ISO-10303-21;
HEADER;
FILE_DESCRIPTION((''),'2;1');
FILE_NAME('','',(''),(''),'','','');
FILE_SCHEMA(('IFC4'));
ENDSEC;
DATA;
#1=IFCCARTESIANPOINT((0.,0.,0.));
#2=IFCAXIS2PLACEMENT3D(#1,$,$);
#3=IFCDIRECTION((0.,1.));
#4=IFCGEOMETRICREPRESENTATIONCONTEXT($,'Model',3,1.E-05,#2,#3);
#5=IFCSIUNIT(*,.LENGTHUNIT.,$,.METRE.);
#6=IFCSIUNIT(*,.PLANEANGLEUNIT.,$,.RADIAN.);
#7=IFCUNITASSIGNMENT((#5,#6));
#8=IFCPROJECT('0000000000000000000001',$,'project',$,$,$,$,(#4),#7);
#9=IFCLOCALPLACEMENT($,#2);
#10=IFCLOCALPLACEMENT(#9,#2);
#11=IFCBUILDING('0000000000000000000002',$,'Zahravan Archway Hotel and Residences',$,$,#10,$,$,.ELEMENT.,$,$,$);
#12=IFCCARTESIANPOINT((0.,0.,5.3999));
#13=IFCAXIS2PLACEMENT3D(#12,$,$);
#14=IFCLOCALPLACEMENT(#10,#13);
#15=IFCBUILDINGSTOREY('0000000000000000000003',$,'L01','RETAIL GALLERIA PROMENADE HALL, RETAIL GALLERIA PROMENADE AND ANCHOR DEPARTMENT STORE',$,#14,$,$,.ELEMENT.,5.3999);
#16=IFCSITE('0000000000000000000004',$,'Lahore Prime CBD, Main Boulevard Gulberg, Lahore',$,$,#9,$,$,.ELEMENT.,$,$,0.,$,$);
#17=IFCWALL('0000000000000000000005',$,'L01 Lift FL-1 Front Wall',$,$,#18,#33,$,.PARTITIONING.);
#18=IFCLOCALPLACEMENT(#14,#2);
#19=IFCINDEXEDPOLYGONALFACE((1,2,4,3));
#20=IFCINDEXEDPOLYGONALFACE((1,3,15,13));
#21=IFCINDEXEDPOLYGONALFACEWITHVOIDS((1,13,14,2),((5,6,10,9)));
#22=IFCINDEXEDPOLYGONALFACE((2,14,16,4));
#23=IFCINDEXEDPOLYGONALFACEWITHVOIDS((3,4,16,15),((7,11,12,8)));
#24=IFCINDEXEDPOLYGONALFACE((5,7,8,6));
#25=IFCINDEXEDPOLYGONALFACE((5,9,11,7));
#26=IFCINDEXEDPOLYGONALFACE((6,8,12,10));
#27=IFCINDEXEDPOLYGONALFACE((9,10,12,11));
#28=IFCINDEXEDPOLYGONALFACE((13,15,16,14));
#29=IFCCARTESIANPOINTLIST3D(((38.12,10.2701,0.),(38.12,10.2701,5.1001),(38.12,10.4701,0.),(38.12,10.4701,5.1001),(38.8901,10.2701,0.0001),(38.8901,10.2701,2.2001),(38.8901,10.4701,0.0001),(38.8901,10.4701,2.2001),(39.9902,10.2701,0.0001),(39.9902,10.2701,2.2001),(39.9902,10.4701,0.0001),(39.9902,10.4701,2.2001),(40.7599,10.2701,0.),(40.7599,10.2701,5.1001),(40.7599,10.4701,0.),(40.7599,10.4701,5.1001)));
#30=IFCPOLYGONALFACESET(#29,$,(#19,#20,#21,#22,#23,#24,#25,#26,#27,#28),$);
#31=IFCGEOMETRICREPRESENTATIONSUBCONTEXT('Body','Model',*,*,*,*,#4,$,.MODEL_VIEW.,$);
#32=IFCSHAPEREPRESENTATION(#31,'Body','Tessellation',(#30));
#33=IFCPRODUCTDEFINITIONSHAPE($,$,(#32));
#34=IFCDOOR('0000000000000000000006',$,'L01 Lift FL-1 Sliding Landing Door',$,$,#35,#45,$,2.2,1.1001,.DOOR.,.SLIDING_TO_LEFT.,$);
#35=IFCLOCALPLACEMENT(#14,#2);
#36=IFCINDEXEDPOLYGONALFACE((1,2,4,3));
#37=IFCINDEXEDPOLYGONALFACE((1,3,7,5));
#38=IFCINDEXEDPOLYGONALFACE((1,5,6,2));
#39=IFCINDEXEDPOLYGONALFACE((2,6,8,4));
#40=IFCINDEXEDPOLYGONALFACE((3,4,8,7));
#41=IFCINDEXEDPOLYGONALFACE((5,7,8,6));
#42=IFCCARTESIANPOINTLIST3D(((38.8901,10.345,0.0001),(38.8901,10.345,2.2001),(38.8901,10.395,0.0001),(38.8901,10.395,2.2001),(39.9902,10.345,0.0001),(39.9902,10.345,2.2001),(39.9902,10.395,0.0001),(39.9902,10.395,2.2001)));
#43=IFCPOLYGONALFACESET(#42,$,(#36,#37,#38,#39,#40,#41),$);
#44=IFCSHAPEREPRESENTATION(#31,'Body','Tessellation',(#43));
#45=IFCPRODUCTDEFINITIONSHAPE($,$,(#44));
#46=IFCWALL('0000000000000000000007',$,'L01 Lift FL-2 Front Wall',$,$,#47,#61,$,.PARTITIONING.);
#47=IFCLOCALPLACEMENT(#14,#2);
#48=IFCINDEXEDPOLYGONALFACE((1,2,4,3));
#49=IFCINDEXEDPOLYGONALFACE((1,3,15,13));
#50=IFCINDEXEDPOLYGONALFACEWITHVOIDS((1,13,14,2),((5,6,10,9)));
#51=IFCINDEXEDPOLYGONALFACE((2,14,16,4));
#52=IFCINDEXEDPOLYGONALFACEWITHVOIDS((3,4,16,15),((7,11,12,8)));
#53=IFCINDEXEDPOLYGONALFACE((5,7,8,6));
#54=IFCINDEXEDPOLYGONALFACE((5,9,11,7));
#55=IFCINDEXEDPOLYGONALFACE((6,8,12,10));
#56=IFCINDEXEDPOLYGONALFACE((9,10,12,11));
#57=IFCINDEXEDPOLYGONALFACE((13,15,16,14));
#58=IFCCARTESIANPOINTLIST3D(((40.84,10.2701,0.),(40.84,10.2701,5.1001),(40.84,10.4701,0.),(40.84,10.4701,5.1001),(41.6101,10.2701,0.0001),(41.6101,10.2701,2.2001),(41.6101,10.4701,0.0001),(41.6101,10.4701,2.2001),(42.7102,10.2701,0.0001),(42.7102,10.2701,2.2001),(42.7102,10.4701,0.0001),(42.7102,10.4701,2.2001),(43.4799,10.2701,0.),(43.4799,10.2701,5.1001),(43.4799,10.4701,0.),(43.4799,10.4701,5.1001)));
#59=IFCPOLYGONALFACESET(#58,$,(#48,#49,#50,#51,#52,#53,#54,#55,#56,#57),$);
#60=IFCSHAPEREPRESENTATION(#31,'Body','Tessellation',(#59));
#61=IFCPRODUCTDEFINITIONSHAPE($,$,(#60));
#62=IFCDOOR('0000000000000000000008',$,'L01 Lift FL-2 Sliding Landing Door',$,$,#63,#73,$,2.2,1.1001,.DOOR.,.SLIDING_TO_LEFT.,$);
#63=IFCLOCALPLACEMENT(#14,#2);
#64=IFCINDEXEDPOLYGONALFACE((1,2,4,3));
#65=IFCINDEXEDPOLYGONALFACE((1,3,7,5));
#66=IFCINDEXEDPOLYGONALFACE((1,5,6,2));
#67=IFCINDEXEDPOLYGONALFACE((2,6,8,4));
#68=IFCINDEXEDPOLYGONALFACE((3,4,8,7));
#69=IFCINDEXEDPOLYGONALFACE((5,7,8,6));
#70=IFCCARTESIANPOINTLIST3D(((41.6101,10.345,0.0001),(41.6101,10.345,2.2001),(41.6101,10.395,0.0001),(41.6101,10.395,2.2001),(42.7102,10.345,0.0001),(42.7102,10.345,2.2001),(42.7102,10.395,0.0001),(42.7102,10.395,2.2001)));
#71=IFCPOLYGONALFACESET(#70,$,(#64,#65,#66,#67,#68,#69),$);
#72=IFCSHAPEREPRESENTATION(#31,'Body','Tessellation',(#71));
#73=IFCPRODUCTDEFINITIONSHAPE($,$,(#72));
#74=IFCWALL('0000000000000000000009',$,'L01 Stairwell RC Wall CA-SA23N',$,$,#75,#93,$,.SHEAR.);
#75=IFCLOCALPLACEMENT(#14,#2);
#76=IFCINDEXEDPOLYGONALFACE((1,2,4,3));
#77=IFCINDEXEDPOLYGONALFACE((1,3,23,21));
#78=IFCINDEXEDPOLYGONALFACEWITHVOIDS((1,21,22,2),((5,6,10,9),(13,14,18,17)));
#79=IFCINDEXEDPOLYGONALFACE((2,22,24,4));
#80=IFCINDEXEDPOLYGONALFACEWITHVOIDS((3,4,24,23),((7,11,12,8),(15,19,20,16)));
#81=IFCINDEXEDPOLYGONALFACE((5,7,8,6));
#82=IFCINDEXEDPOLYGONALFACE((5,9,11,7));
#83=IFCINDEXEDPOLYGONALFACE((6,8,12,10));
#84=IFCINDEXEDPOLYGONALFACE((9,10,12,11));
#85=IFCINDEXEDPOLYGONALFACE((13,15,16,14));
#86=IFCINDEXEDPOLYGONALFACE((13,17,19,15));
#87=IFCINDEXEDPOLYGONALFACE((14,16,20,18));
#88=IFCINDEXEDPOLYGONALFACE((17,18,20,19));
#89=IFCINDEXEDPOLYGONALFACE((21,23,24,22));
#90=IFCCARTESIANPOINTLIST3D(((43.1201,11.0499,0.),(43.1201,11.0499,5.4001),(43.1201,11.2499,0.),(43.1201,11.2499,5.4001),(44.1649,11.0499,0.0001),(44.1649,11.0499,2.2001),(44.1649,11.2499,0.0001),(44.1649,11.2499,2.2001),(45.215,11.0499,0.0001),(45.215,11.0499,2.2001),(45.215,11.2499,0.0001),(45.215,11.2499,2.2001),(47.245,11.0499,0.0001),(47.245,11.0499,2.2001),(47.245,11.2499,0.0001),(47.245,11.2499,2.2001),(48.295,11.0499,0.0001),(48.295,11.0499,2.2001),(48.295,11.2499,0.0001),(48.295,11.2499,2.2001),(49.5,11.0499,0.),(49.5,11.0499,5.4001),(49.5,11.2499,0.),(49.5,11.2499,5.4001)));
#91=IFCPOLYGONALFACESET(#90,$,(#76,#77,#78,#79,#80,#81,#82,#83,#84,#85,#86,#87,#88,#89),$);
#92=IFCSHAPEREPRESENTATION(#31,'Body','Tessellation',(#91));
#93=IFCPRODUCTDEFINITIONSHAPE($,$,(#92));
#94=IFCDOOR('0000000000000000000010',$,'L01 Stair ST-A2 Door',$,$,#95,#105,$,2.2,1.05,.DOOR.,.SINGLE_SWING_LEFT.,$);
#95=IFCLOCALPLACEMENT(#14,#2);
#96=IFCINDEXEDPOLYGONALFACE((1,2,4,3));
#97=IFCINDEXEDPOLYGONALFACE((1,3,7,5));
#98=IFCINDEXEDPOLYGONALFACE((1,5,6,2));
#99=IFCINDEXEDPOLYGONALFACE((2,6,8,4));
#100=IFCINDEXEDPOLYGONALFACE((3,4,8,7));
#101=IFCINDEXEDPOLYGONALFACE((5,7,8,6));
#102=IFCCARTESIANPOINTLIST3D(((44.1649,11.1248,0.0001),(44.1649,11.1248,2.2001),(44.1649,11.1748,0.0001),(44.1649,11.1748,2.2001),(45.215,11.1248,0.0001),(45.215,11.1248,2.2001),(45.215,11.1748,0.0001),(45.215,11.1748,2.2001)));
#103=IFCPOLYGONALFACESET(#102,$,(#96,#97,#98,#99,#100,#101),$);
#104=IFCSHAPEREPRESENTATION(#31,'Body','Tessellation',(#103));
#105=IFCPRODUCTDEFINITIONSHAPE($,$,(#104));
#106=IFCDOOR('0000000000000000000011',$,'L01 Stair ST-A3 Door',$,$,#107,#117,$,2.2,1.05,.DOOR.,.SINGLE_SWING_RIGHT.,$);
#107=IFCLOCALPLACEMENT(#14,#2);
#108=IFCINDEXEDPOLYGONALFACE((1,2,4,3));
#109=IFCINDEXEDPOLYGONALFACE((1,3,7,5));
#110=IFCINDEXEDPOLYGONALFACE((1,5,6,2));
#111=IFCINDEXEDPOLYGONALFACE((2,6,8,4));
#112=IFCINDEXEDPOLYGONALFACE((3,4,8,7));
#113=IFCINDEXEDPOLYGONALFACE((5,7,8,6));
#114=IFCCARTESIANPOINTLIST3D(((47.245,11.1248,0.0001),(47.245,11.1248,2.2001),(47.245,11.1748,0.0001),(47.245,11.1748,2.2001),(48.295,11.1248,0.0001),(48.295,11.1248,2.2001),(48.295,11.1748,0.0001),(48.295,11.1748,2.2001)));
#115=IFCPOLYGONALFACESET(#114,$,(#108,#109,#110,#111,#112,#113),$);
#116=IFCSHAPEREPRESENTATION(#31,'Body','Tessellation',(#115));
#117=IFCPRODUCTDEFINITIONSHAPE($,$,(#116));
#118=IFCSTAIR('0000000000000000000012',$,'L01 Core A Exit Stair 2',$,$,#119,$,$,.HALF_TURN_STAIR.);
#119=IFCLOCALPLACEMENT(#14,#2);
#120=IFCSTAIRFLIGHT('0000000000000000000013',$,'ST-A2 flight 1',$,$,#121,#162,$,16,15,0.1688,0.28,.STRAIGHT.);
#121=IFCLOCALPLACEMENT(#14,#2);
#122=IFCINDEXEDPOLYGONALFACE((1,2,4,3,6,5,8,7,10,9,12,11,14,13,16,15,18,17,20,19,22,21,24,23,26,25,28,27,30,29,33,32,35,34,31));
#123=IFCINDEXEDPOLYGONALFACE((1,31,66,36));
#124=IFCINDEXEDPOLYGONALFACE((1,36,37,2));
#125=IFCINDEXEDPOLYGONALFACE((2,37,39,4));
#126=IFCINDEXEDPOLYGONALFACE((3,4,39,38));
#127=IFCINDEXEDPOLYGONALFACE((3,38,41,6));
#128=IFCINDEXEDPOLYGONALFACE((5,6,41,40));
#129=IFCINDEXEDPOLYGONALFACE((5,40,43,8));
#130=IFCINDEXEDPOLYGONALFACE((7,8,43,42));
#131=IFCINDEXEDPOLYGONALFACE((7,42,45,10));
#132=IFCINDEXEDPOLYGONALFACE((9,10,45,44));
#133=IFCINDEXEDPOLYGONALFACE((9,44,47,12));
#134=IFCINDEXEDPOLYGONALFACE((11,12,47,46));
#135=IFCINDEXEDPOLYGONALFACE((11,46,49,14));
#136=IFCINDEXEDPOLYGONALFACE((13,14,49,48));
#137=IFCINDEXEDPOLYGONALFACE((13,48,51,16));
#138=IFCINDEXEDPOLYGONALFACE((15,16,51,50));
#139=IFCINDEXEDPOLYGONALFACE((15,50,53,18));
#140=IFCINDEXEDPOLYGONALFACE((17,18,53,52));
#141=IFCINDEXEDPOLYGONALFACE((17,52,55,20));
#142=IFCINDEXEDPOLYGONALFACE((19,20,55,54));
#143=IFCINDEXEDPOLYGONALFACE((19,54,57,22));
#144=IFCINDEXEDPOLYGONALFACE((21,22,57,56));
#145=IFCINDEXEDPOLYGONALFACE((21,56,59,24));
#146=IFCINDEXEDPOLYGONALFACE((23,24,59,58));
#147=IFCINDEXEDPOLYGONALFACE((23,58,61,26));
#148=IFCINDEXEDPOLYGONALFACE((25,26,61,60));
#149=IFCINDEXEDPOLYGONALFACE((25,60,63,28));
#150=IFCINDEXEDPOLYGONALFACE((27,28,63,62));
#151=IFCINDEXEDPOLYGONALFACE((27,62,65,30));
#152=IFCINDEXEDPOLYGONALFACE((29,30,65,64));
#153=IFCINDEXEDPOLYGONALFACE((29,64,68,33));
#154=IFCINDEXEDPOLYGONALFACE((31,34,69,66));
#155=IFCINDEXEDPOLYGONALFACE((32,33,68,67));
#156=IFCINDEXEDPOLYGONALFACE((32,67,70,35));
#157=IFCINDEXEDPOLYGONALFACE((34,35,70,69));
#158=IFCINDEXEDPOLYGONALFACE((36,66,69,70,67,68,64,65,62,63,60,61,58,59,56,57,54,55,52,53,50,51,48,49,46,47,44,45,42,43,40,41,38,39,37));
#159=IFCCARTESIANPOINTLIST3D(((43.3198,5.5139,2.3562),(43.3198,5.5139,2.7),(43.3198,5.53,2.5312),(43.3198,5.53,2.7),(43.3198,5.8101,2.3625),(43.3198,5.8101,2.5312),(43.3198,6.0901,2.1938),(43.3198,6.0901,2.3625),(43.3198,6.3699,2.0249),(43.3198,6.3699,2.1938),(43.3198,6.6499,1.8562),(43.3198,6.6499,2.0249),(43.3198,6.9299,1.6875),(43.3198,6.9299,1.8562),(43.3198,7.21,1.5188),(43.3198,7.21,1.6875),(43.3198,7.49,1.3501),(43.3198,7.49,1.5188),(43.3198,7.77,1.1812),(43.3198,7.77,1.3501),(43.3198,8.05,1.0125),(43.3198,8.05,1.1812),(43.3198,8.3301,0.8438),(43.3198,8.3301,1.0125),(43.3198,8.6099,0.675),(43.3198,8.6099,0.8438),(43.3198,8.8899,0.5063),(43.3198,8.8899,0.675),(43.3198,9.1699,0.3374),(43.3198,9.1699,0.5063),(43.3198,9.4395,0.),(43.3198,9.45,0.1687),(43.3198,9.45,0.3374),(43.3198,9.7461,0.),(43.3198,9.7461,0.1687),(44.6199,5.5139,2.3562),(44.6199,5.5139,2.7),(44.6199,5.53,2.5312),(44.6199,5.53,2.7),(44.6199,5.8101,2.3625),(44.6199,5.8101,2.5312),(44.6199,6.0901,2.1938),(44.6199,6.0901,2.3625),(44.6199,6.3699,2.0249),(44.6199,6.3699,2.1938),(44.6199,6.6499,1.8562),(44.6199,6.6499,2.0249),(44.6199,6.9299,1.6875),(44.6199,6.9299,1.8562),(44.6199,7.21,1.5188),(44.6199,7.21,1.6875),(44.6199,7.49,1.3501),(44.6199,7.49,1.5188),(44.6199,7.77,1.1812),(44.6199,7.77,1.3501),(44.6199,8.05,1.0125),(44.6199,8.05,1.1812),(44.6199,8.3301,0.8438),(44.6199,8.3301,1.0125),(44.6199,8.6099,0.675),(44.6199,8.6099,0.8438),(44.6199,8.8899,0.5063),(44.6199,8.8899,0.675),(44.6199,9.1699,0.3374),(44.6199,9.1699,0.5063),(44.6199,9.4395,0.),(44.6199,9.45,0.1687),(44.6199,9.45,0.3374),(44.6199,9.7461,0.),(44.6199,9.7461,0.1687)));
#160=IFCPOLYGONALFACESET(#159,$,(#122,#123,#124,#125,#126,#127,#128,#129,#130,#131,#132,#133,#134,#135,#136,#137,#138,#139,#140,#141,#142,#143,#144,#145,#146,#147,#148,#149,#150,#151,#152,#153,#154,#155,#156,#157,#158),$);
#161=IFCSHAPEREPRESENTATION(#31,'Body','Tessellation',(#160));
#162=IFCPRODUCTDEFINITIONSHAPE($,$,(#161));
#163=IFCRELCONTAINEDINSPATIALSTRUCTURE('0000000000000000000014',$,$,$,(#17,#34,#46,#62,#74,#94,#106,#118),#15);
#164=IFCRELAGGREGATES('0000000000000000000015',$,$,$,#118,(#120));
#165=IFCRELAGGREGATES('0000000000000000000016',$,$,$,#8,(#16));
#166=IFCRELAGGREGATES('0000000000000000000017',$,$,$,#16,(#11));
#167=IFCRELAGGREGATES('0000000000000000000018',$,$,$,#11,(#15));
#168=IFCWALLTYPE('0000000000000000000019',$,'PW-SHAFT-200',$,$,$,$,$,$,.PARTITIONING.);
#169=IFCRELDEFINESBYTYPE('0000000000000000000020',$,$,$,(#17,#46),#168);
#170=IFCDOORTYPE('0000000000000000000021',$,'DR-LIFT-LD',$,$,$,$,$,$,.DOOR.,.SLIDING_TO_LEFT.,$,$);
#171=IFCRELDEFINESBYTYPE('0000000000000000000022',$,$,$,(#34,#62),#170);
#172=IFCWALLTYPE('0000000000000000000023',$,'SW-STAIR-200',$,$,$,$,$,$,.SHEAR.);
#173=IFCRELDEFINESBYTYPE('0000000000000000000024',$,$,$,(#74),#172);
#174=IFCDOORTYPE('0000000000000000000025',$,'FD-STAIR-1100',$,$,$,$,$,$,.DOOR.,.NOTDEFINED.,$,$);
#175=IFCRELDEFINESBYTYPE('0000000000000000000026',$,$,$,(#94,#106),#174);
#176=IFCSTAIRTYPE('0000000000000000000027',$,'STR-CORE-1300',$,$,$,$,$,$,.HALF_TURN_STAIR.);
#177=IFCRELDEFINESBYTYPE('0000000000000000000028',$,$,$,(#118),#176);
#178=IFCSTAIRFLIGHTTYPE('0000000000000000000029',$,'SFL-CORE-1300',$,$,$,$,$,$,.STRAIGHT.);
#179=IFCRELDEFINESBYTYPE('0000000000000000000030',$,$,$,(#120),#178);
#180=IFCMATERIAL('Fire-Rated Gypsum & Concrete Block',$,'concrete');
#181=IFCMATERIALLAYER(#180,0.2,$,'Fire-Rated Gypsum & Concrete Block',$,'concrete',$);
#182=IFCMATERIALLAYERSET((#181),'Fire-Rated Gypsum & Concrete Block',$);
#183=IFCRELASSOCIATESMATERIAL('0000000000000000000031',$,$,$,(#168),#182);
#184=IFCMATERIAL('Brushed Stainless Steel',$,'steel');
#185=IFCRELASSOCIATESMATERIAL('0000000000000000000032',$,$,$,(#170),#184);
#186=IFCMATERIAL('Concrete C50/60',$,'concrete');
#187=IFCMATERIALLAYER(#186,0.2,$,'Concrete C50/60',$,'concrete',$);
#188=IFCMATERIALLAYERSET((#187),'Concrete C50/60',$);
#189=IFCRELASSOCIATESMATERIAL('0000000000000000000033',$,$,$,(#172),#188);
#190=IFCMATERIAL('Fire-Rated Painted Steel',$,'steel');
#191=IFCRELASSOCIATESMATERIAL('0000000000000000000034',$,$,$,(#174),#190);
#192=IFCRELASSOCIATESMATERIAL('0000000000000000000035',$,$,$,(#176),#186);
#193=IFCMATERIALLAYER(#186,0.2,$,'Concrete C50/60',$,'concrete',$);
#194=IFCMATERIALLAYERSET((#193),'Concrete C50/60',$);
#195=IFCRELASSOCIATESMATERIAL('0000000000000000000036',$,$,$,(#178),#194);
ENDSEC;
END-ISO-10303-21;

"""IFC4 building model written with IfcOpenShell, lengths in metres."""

from ifc_helpers import new_model, si_unit, direction, frame, frame_2d, origin, place, context, subcontext, project, spatial, polyline, rectangle, outline, extrude, source, transform, mapped, material, layer, layer_set, type_object, type_shapes, element, fill, aggregate, save


model = new_model("IFC4")

# Units and contexts
model_context = context("Model", 3, precision=1e-05, world=origin(), true_north=direction((0.0, 1.0)))
body_context = subcontext(model_context, "Body", "Model", "MODEL_VIEW")
ifc_project = project(units=[si_unit("LENGTHUNIT", "METRE"), si_unit("PLANEANGLEUNIT", "RADIAN")], contexts=[model_context])

# Site, building, storey
site_placement = place(None, origin())
site = spatial("IfcSite", under=ifc_project, at=site_placement, Name="Lahore Prime CBD, Main Boulevard Gulberg, Lahore", CompositionType="ELEMENT", RefElevation=0.0)
building_placement = place(site_placement, origin())
building = spatial("IfcBuilding", under=site, at=building_placement, Name="Zahravan Archway Hotel and Residences", CompositionType="ELEMENT")
storey_placement = place(building_placement, frame((0.0, 0.0, 5.3999)))
storey = spatial("IfcBuildingStorey", under=building, at=storey_placement, Name="L01", Description="RETAIL GALLERIA PROMENADE HALL, RETAIL GALLERIA PROMENADE AND ANCHOR DEPARTMENT STORE", CompositionType="ELEMENT", Elevation=5.3999)

# Shared definitions
ifc_material_1 = material(Name="Fire-Rated Gypsum & Concrete Block", Category="concrete")
ifc_material_2 = material(Name="Fire-Rated Painted Steel", Category="steel")

# Shared definitions
ifc_layer_1 = layer(ifc_material_1, 0.2, Name="Fire-Rated Gypsum & Concrete Block", Category="concrete")
ifc_layer_set_1 = layer_set([ifc_layer_1], Name="Fire-Rated Gypsum & Concrete Block")
wall_type_1 = type_object("IfcWallType", Name="PW-SHAFT-200", PredefinedType="PARTITIONING", material=ifc_layer_set_1)

# Walls, openings, doors
wall_1_placement = place(storey_placement, frame((38.1201, 10.3701, 0.0), z_axis=(0.0, 0.0, 1.0), x_axis=(1.0, 0.0, 0.0)))
wall_1 = element("IfcWall", 1, at=wall_1_placement, inside=storey, type_object=wall_type_1, Name="L01 Lift FL-1 Front Wall", PredefinedType="PARTITIONING", context=body_context, shape_type="SweptSolid", body=[
    extrude(rectangle(XDim=2.6399, YDim=0.2, at=frame_2d((1.3198, 0.0))), origin(), (0.0, 0.0, 1.0), 5.1001),
])
opening_1_placement = place(wall_1_placement, frame((0.77, 0.0, 0.0)))
opening_1 = element("IfcOpeningElement", 2, at=opening_1_placement, cuts=wall_1, PredefinedType="OPENING", context=body_context, shape_type="SweptSolid", body=[
    extrude(rectangle(XDim=1.1001, YDim=2.2, at=frame_2d((0.55, 1.1001))), frame((0.0, 0.1099, 0.0), z_axis=(0.0, -1.0, 0.0), x_axis=(1.0, 0.0, 0.0)), (0.0, 0.0, 1.0), 0.22),
])
ifc_material_3 = material(Name="Brushed Stainless Steel", Category="steel")
door_type_1 = type_object("IfcDoorType", Name="DR-LIFT-LD", OperationType="SLIDING_TO_LEFT", PredefinedType="DOOR", material=ifc_material_3)
shared_shape_1 = source(origin(), body_context, "Body", "SweptSolid", [
    extrude(rectangle(XDim=1.1001, YDim=2.2, at=frame_2d((0.55, 1.1001))), frame((0.0, 0.0249, 0.0), z_axis=(0.0, -1.0, 0.0), x_axis=(1.0, 0.0, 0.0)), (0.0, 0.0, 1.0), 0.05),
])
type_shapes(door_type_1, [shared_shape_1])
door_1_placement = place(opening_1_placement, origin())
door_1 = element("IfcDoor", 3, at=door_1_placement, inside=storey, type_object=door_type_1, Name="L01 Lift FL-1 Sliding Landing Door", OperationType="SLIDING_TO_LEFT", OverallHeight=2.2, OverallWidth=1.1001, PredefinedType="DOOR", context=body_context, shape_type="MappedRepresentation", body=[
    mapped(shared_shape_1, transform((0.0, 0.0, 0.0), scale=1.0)),
])
fill(opening_1, door_1)
wall_2_placement = place(storey_placement, frame((40.8401, 10.3701, 0.0), z_axis=(0.0, 0.0, 1.0), x_axis=(1.0, 0.0, 0.0)))
wall_2 = element("IfcWall", 4, at=wall_2_placement, inside=storey, type_object=wall_type_1, Name="L01 Lift FL-2 Front Wall", PredefinedType="PARTITIONING", context=body_context, shape_type="SweptSolid", body=[
    extrude(rectangle(XDim=2.6399, YDim=0.2, at=frame_2d((1.3198, 0.0))), origin(), (0.0, 0.0, 1.0), 5.1001),
])
opening_2_placement = place(wall_2_placement, frame((0.77, 0.0, 0.0)))
opening_2 = element("IfcOpeningElement", 5, at=opening_2_placement, cuts=wall_2, PredefinedType="OPENING", context=body_context, shape_type="SweptSolid", body=[
    extrude(rectangle(XDim=1.1001, YDim=2.2, at=frame_2d((0.55, 1.1001))), frame((0.0, 0.1099, 0.0), z_axis=(0.0, -1.0, 0.0), x_axis=(1.0, 0.0, 0.0)), (0.0, 0.0, 1.0), 0.22),
])
door_2_placement = place(opening_2_placement, origin())
door_2 = element("IfcDoor", 6, at=door_2_placement, inside=storey, type_object=door_type_1, Name="L01 Lift FL-2 Sliding Landing Door", OperationType="SLIDING_TO_LEFT", OverallHeight=2.2, OverallWidth=1.1001, PredefinedType="DOOR", context=body_context, shape_type="MappedRepresentation", body=[
    mapped(shared_shape_1, transform((0.0, 0.0, 0.0), scale=1.0)),
])
fill(opening_2, door_2)

# Wall, openings, doors
ifc_material_4 = material(Name="Concrete C50/60", Category="concrete")
ifc_layer_2 = layer(ifc_material_4, 0.2, Name="Concrete C50/60", Category="concrete")
ifc_layer_set_2 = layer_set([ifc_layer_2], Name="Concrete C50/60")
wall_type_2 = type_object("IfcWallType", Name="SW-STAIR-200", PredefinedType="SHEAR", material=ifc_layer_set_2)
wall_3_placement = place(storey_placement, frame((43.1201, 11.1499, 0.0), z_axis=(0.0, 0.0, 1.0), x_axis=(1.0, 0.0, 0.0)))
wall_3 = element("IfcWall", 7, at=wall_3_placement, inside=storey, type_object=wall_type_2, Name="L01 Stairwell RC Wall CA-SA23N", PredefinedType="SHEAR", context=body_context, shape_type="SweptSolid", body=[
    extrude(rectangle(XDim=6.3799, YDim=0.2, at=frame_2d((3.1899, 0.0))), origin(), (0.0, 0.0, 1.0), 5.4001),
])
opening_3_placement = place(wall_3_placement, frame((1.0449, 0.0, 0.0)))
opening_3 = element("IfcOpeningElement", 8, at=opening_3_placement, cuts=wall_3, PredefinedType="OPENING", context=body_context, shape_type="SweptSolid", body=[
    extrude(rectangle(XDim=1.05, YDim=2.2, at=frame_2d((0.5249, 1.1001))), frame((0.0, 0.1099, 0.0), z_axis=(0.0, -1.0, 0.0), x_axis=(1.0, 0.0, 0.0)), (0.0, 0.0, 1.0), 0.22),
])
opening_4_placement = place(wall_3_placement, frame((4.125, 0.0, 0.0)))
opening_4 = element("IfcOpeningElement", 9, at=opening_4_placement, cuts=wall_3, PredefinedType="OPENING", context=body_context, shape_type="SweptSolid", body=[
    extrude(rectangle(XDim=1.05, YDim=2.2, at=frame_2d((0.5249, 1.1001))), frame((0.0, 0.1099, 0.0), z_axis=(0.0, -1.0, 0.0), x_axis=(1.0, 0.0, 0.0)), (0.0, 0.0, 1.0), 0.22),
])
door_type_2 = type_object("IfcDoorType", Name="FD-STAIR-1100", OperationType="NOTDEFINED", PredefinedType="DOOR", material=ifc_material_2)
shared_shape_2 = source(origin(), body_context, "Body", "SweptSolid", [
    extrude(rectangle(XDim=1.05, YDim=2.2, at=frame_2d((0.5249, 1.1001))), frame((0.0, 0.0249, 0.0), z_axis=(0.0, -1.0, 0.0), x_axis=(1.0, 0.0, 0.0)), (0.0, 0.0, 1.0), 0.05),
])
type_shapes(door_type_2, [shared_shape_2])
door_3_placement = place(opening_3_placement, origin())
door_3 = element("IfcDoor", 10, at=door_3_placement, inside=storey, type_object=door_type_2, Name="L01 Stair ST-A2 Door", OperationType="SINGLE_SWING_LEFT", OverallHeight=2.2, OverallWidth=1.05, PredefinedType="DOOR", context=body_context, shape_type="MappedRepresentation", body=[
    mapped(shared_shape_2, transform((0.0, 0.0, 0.0), scale=1.0)),
])
fill(opening_3, door_3)
door_4_placement = place(opening_4_placement, origin())
door_4 = element("IfcDoor", 11, at=door_4_placement, inside=storey, type_object=door_type_2, Name="L01 Stair ST-A3 Door", OperationType="SINGLE_SWING_RIGHT", OverallHeight=2.2, OverallWidth=1.05, PredefinedType="DOOR", context=body_context, shape_type="MappedRepresentation", body=[
    mapped(shared_shape_2, transform((0.0, 0.0, 0.0), scale=1.0)),
])
fill(opening_4, door_4)

# Stair, stair flight
stair_type = type_object("IfcStairType", Name="STR-CORE-1300", PredefinedType="HALF_TURN_STAIR", material=ifc_material_4)
stair_placement = place(storey_placement, origin())
stair = element("IfcStair", 12, at=stair_placement, inside=storey, type_object=stair_type, Name="L01 Core A Exit Stair 2", PredefinedType="HALF_TURN_STAIR")
ifc_layer_3 = layer(ifc_material_4, 0.2, Name="Concrete C50/60", Category="concrete")
ifc_layer_set_3 = layer_set([ifc_layer_3], Name="Concrete C50/60")
stair_flight_type = type_object("IfcStairFlightType", Name="SFL-CORE-1300", PredefinedType="STRAIGHT", material=ifc_layer_set_3)
shared_shape_3 = source(origin(), body_context, "Body", "SweptSolid", [
    extrude(outline(polyline([(-0.0161, 0.0), (-0.0161, 0.1687), (0.28, 0.1687), (0.28, 0.3374), (0.5601, 0.3374), (0.5601, 0.5063), (0.8401, 0.5063), (0.8401, 0.675), (1.1201, 0.675), (1.1201, 0.8438), (1.3999, 0.8438), (1.3999, 1.0125), (1.6799, 1.0125), (1.6799, 1.1812), (1.96, 1.1812), (1.96, 1.3501), (2.24, 1.3501), (2.24, 1.5188), (2.52, 1.5188), (2.52, 1.6875), (2.8, 1.6875), (2.8, 1.8562), (3.0801, 1.8562), (3.0801, 2.0249), (3.3601, 2.0249), (3.3601, 2.1938), (3.6399, 2.1938), (3.6399, 2.3625), (3.9199, 2.3625), (3.9199, 2.5312), (4.2, 2.5312), (4.2, 2.7), (4.2161, 2.7), (4.2161, 2.3562), (0.2905, 0.0), (-0.0161, 0.0)])), frame((0.0, 0.6499, 0.0), z_axis=(0.0, -1.0, 0.0), x_axis=(1.0, 0.0, 0.0)), (0.0, 0.0, 1.0), 1.3),
])
stair_flight_placement = place(storey_placement, frame((43.97, 9.73, 0.0), z_axis=(0.0, 0.0, 1.0), x_axis=(0.0, -1.0, 0.0)))
stair_flight = element("IfcStairFlight", 13, at=stair_flight_placement, type_object=stair_flight_type, Name="ST-A2 flight 1", NumberOfRisers=16, NumberOfTreads=15, PredefinedType="STRAIGHT", RiserHeight=0.1688, TreadLength=0.28, context=body_context, shape_type="MappedRepresentation", body=[
    mapped(shared_shape_3, transform((0.0, 0.0, 0.0), scale=1.0)),
])
aggregate(stair, [stair_flight])

save(model, "model.ifc")
